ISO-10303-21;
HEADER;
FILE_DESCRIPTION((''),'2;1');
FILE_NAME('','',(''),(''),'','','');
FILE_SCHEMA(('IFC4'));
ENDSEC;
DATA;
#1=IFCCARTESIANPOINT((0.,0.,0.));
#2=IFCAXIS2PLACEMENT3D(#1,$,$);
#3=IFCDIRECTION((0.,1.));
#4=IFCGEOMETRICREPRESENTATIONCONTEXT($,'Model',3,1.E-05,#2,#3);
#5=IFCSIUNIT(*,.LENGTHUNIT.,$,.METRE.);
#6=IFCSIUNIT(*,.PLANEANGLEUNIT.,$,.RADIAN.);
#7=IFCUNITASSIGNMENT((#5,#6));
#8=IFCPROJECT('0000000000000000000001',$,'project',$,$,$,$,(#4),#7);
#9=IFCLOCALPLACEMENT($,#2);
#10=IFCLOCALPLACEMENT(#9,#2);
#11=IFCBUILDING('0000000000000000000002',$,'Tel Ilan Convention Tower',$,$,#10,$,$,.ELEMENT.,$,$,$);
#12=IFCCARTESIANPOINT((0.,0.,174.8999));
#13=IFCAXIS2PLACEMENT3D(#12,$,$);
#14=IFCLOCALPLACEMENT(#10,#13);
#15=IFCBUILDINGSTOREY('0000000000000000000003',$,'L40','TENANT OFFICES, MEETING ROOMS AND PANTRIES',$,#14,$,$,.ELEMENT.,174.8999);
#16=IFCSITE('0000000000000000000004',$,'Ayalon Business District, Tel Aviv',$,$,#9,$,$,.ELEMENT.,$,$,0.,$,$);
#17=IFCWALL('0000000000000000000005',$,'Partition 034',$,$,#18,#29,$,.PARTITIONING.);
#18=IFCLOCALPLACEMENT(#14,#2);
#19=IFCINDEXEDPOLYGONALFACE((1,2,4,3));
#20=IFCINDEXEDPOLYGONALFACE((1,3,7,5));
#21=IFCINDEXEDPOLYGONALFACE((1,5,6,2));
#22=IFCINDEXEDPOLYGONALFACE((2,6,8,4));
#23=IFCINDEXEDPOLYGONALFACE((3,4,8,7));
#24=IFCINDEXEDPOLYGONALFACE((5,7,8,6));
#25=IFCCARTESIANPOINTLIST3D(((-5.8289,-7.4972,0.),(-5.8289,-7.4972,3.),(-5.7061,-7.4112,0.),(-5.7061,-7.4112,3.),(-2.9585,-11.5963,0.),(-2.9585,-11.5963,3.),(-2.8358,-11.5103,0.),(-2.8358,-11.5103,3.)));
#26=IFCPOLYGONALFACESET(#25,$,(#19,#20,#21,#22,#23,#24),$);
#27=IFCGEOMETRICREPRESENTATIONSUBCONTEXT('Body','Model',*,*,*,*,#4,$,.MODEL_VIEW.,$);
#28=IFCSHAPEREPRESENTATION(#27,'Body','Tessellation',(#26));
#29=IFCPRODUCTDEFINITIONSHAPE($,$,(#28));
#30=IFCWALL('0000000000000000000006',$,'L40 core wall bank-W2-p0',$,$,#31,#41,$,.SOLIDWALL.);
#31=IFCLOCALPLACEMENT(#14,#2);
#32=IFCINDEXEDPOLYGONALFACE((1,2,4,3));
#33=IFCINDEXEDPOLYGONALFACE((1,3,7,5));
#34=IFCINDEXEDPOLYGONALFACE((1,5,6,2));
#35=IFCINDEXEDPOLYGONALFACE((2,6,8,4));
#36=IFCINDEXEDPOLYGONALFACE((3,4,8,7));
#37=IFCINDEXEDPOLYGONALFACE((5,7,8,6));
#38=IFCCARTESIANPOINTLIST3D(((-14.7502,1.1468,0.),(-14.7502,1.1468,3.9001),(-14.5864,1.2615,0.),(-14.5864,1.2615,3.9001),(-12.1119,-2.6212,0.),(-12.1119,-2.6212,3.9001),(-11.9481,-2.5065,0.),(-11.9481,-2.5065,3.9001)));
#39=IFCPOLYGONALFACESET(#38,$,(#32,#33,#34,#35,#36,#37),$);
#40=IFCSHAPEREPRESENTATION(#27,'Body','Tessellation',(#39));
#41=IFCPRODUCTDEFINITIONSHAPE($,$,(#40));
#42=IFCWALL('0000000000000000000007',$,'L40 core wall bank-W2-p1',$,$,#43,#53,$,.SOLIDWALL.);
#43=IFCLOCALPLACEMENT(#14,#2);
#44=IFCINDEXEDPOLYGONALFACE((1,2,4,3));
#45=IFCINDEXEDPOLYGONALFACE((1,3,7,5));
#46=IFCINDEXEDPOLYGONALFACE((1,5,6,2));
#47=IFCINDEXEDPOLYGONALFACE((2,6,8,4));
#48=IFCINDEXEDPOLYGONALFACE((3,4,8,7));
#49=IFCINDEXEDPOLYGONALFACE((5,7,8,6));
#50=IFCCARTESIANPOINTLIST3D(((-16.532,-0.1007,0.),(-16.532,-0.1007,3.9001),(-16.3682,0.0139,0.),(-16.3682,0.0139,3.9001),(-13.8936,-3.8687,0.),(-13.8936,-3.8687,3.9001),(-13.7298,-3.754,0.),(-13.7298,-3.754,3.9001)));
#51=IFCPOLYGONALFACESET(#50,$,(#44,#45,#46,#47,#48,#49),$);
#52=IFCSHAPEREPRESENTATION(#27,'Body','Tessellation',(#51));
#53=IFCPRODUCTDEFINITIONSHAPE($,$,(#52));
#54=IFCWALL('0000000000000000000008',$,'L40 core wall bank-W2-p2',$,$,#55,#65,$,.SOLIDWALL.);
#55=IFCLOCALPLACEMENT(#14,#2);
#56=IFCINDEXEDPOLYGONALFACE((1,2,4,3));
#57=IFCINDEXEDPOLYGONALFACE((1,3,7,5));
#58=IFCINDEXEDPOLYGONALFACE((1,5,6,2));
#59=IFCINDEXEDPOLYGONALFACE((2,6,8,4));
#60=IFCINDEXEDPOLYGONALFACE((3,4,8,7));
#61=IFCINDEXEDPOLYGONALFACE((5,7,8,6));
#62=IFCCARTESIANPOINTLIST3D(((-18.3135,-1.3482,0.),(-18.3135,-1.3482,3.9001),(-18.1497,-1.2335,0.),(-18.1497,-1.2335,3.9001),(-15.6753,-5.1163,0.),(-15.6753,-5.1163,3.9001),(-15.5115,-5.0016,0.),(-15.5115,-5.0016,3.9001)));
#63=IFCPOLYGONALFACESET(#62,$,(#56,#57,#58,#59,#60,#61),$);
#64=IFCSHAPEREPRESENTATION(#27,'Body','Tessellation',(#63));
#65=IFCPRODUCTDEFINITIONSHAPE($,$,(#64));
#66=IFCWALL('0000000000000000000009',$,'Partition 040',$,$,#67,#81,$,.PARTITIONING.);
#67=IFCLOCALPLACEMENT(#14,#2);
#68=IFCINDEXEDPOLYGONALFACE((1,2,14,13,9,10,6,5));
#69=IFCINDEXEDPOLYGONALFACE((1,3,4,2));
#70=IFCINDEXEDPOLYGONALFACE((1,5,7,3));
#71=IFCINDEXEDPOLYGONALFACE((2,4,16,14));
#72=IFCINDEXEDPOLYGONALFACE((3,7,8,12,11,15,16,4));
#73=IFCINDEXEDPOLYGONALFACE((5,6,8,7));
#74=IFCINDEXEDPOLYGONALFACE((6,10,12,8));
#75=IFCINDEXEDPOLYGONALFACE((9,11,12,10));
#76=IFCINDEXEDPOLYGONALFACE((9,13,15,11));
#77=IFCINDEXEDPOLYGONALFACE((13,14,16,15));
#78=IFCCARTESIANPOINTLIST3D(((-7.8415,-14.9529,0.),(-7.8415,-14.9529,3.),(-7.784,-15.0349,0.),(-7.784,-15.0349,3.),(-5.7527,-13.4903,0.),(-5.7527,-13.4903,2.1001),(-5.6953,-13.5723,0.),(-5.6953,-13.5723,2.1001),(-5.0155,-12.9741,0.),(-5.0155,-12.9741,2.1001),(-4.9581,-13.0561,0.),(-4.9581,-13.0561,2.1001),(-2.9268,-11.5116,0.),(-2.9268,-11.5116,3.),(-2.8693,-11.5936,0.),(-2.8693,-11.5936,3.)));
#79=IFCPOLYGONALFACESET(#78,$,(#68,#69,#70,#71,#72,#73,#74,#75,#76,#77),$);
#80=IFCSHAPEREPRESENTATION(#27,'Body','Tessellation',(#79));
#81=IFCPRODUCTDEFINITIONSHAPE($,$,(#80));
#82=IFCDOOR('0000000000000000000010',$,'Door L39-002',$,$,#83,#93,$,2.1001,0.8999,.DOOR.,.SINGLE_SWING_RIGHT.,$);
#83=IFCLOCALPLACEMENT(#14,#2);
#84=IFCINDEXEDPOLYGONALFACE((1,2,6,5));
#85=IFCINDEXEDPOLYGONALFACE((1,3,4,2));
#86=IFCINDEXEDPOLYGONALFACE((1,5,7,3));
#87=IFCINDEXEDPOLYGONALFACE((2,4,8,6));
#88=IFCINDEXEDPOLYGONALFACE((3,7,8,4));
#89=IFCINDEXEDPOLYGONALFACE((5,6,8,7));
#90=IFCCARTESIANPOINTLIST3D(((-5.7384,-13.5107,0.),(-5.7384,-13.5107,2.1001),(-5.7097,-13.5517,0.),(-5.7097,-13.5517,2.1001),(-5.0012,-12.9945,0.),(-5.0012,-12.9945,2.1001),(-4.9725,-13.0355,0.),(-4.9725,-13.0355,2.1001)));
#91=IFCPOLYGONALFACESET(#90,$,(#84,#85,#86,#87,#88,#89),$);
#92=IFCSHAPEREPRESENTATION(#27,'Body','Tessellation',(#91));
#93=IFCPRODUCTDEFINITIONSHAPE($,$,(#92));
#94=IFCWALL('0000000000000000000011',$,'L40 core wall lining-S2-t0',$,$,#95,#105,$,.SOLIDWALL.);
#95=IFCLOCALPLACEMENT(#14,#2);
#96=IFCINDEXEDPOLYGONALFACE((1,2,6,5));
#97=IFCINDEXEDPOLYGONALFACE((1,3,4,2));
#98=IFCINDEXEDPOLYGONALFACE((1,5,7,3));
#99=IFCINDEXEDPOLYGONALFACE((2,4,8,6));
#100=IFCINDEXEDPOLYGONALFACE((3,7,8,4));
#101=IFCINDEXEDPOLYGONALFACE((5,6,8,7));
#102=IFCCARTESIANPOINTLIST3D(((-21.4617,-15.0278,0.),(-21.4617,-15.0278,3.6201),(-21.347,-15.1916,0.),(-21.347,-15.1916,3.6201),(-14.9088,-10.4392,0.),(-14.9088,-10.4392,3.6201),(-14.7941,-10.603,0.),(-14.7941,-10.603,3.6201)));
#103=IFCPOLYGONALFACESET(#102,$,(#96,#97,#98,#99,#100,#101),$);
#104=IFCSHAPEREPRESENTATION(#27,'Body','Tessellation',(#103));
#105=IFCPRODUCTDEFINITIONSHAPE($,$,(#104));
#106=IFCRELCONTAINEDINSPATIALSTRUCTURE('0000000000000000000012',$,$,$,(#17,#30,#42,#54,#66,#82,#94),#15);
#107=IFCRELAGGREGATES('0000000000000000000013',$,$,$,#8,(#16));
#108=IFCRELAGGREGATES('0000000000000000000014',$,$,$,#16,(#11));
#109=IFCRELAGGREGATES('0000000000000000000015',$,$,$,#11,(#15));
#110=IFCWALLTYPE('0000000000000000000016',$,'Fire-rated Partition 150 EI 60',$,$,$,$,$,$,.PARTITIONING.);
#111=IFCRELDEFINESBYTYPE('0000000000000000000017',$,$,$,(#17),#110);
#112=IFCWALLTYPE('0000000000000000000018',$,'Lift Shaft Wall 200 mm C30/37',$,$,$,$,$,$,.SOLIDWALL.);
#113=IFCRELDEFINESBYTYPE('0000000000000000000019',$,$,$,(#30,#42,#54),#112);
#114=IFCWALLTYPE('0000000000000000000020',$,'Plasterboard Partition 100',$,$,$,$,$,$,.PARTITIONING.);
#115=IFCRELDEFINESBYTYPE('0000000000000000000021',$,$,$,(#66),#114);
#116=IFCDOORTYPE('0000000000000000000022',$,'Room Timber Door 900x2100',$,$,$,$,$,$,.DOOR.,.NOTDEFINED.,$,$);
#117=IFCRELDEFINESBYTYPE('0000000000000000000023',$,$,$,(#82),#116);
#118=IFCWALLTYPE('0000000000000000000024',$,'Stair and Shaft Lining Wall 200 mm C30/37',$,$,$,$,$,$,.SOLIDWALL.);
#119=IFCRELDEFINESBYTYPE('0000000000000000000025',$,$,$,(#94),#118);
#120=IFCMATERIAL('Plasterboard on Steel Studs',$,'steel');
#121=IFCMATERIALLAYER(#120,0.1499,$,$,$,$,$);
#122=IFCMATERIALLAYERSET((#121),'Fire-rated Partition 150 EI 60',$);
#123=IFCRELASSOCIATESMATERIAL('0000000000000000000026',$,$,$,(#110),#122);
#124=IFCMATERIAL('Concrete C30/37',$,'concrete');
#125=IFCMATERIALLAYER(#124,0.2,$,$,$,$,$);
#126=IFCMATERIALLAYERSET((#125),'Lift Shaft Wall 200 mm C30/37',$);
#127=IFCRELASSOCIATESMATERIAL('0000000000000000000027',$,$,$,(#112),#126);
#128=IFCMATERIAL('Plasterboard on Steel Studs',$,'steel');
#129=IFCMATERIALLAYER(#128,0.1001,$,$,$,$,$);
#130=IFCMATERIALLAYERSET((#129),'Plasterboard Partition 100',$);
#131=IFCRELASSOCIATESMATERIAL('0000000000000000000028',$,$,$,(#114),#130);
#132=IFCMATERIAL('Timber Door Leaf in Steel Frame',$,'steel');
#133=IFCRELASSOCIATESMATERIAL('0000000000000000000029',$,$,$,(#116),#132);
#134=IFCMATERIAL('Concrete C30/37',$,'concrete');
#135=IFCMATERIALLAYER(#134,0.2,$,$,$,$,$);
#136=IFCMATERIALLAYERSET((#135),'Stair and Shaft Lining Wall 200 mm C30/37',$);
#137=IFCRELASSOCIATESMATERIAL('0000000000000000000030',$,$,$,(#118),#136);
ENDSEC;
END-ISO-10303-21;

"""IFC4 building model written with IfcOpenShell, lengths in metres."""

from ifc_helpers import new_model, si_unit, direction, frame, frame_2d, origin, place, context, subcontext, project, spatial, rectangle, extrude, material, layer, layer_set, type_object, element, fill, save


model = new_model("IFC4")

# Units and contexts
model_context = context("Model", 3, precision=1e-05, world=origin(), true_north=direction((0.0, 1.0)))
body_context = subcontext(model_context, "Body", "Model", "MODEL_VIEW")
ifc_project = project(units=[si_unit("LENGTHUNIT", "METRE"), si_unit("PLANEANGLEUNIT", "RADIAN")], contexts=[model_context])

# Site, building, storey
site_placement = place(None, origin())
site = spatial("IfcSite", under=ifc_project, at=site_placement, Name="Ayalon Business District, Tel Aviv", CompositionType="ELEMENT", RefElevation=0.0)
building_placement = place(site_placement, origin())
building = spatial("IfcBuilding", under=site, at=building_placement, Name="Tel Ilan Convention Tower", CompositionType="ELEMENT")
storey_placement = place(building_placement, frame((0.0, 0.0, 174.8999)))
storey = spatial("IfcBuildingStorey", under=building, at=storey_placement, Name="L40", Description="TENANT OFFICES, MEETING ROOMS AND PANTRIES", CompositionType="ELEMENT", Elevation=174.8999)

# Shared definitions
ifc_material_1 = material(Name="Plasterboard on Steel Studs", Category="steel")
ifc_layer_1 = layer(ifc_material_1, 0.1499)
ifc_layer_set_1 = layer_set([ifc_layer_1], Name="Fire-rated Partition 150 EI 60")
wall_type_1 = type_object("IfcWallType", Name="Fire-rated Partition 150 EI 60", PredefinedType="PARTITIONING", material=ifc_layer_set_1)

# Walls
wall_1_placement = place(storey_placement, frame((-2.8972, -11.5532, 0.0), z_axis=(0.0, 0.0, 1.0), x_axis=(-0.573593, 0.81914, 0.0)))
element("IfcWall", 1, at=wall_1_placement, inside=storey, type_object=wall_type_1, Name="Partition 034", PredefinedType="PARTITIONING", context=body_context, shape_type="SweptSolid", body=[
    extrude(rectangle(XDim=5.0042, YDim=0.1499, at=frame_2d((2.502, 0.0))), origin(), (0.0, 0.0, 1.0), 3.0),
])
ifc_material_2 = material(Name="Concrete C30/37", Category="concrete")
ifc_layer_2 = layer(ifc_material_2, 0.2)
ifc_layer_set_2 = layer_set([ifc_layer_2], Name="Lift Shaft Wall 200 mm C30/37")
wall_type_2 = type_object("IfcWallType", Name="Lift Shaft Wall 200 mm C30/37", PredefinedType="SOLIDWALL", material=ifc_layer_set_2)
for number, where, z_axis, x_axis, name in (
    (2, (-12.03, -2.5637, 0.0), (0.0, 0.0, 1.0), (-0.573576, 0.819152, 0.0), "L40 core wall bank-W2-p0"),
    (3, (-13.8118, -3.8113, 0.0), (0.0, 0.0, 1.0), (-0.573576, 0.819152, 0.0), "L40 core wall bank-W2-p1"),
    (4, (-15.5935, -5.0588, 0.0), (0.0, 0.0, 1.0), (-0.573541, 0.819177, 0.0), "L40 core wall bank-W2-p2"),
):
    element("IfcWall", number, at=place(storey_placement, frame(where, z_axis=z_axis, x_axis=x_axis)), inside=storey, type_object=wall_type_2, Name=name, PredefinedType="SOLIDWALL", context=body_context, shape_type="SweptSolid", body=[
        extrude(rectangle(XDim=4.5999, YDim=0.2, at=frame_2d((2.2998, 0.0))), origin(), (0.0, 0.0, 1.0), 3.9001),
    ])

# Wall, opening, door
ifc_material_3 = material(Name="Plasterboard on Steel Studs", Category="steel")
ifc_layer_3 = layer(ifc_material_3, 0.1001)
ifc_layer_set_3 = layer_set([ifc_layer_3], Name="Plasterboard Partition 100")
wall_type_3 = type_object("IfcWallType", Name="Plasterboard Partition 100", PredefinedType="PARTITIONING", material=ifc_layer_set_3)
wall_2_placement = place(storey_placement, frame((-2.8979, -11.5525, 0.0), z_axis=(0.0, 0.0, 1.0), x_axis=(-0.81915, -0.57358, 0.0)))
wall_2 = element("IfcWall", 5, at=wall_2_placement, inside=storey, type_object=wall_type_3, Name="Partition 040", PredefinedType="PARTITIONING", context=body_context, shape_type="SweptSolid", body=[
    extrude(rectangle(XDim=5.9998, YDim=0.1001, at=frame_2d((3.0, 0.0))), origin(), (0.0, 0.0, 1.0), 3.0),
])
opening_1_placement = place(wall_2_placement, frame((2.55, 0.0, 0.0)))
opening_1 = element("IfcOpeningElement", 6, at=opening_1_placement, cuts=wall_2, PredefinedType="OPENING", context=body_context, shape_type="SweptSolid", body=[
    extrude(rectangle(XDim=0.8999, YDim=2.1001, at=frame_2d((0.45, 1.05))), frame((0.0, 0.0601, 0.0), z_axis=(0.0, -1.0, 0.0), x_axis=(1.0, 0.0, 0.0)), (0.0, 0.0, 1.0), 0.1201),
])
ifc_material_4 = material(Name="Timber Door Leaf in Steel Frame", Category="steel")
door_type_1 = type_object("IfcDoorType", Name="Room Timber Door 900x2100", OperationType="NOTDEFINED", PredefinedType="DOOR", material=ifc_material_4)
door_1_placement = place(opening_1_placement, origin())
door_1 = element("IfcDoor", 7, at=door_1_placement, inside=storey, type_object=door_type_1, Name="Door L39-002", OperationType="SINGLE_SWING_RIGHT", OverallHeight=2.1001, OverallWidth=0.8999, PredefinedType="DOOR", context=body_context, shape_type="SweptSolid", body=[
    extrude(rectangle(XDim=0.8999, YDim=2.1001, at=frame_2d((0.45, 1.05))), frame((0.0, 0.0249, 0.0), z_axis=(0.0, -1.0, 0.0), x_axis=(1.0, 0.0, 0.0)), (0.0, 0.0, 1.0), 0.05),
])
fill(opening_1, door_1)

# Wall
ifc_material_5 = material(Name="Concrete C30/37", Category="concrete")
ifc_layer_4 = layer(ifc_material_5, 0.2)
ifc_layer_set_4 = layer_set([ifc_layer_4], Name="Stair and Shaft Lining Wall 200 mm C30/37")
wall_type_4 = type_object("IfcWallType", Name="Stair and Shaft Lining Wall 200 mm C30/37", PredefinedType="SOLIDWALL", material=ifc_layer_set_4)
wall_3_placement = place(storey_placement, frame((-14.8513, -10.521, 0.0), z_axis=(0.0, 0.0, 1.0), x_axis=(-0.819142, -0.573591, 0.0)))
element("IfcWall", 8, at=wall_3_placement, inside=storey, type_object=wall_type_4, Name="L40 core wall lining-S2-t0", PredefinedType="SOLIDWALL", context=body_context, shape_type="SweptSolid", body=[
    extrude(rectangle(XDim=7.9998, YDim=0.2, at=frame_2d((4.0, 0.0))), origin(), (0.0, 0.0, 1.0), 3.6201),
])

save(model, "model.ifc")
